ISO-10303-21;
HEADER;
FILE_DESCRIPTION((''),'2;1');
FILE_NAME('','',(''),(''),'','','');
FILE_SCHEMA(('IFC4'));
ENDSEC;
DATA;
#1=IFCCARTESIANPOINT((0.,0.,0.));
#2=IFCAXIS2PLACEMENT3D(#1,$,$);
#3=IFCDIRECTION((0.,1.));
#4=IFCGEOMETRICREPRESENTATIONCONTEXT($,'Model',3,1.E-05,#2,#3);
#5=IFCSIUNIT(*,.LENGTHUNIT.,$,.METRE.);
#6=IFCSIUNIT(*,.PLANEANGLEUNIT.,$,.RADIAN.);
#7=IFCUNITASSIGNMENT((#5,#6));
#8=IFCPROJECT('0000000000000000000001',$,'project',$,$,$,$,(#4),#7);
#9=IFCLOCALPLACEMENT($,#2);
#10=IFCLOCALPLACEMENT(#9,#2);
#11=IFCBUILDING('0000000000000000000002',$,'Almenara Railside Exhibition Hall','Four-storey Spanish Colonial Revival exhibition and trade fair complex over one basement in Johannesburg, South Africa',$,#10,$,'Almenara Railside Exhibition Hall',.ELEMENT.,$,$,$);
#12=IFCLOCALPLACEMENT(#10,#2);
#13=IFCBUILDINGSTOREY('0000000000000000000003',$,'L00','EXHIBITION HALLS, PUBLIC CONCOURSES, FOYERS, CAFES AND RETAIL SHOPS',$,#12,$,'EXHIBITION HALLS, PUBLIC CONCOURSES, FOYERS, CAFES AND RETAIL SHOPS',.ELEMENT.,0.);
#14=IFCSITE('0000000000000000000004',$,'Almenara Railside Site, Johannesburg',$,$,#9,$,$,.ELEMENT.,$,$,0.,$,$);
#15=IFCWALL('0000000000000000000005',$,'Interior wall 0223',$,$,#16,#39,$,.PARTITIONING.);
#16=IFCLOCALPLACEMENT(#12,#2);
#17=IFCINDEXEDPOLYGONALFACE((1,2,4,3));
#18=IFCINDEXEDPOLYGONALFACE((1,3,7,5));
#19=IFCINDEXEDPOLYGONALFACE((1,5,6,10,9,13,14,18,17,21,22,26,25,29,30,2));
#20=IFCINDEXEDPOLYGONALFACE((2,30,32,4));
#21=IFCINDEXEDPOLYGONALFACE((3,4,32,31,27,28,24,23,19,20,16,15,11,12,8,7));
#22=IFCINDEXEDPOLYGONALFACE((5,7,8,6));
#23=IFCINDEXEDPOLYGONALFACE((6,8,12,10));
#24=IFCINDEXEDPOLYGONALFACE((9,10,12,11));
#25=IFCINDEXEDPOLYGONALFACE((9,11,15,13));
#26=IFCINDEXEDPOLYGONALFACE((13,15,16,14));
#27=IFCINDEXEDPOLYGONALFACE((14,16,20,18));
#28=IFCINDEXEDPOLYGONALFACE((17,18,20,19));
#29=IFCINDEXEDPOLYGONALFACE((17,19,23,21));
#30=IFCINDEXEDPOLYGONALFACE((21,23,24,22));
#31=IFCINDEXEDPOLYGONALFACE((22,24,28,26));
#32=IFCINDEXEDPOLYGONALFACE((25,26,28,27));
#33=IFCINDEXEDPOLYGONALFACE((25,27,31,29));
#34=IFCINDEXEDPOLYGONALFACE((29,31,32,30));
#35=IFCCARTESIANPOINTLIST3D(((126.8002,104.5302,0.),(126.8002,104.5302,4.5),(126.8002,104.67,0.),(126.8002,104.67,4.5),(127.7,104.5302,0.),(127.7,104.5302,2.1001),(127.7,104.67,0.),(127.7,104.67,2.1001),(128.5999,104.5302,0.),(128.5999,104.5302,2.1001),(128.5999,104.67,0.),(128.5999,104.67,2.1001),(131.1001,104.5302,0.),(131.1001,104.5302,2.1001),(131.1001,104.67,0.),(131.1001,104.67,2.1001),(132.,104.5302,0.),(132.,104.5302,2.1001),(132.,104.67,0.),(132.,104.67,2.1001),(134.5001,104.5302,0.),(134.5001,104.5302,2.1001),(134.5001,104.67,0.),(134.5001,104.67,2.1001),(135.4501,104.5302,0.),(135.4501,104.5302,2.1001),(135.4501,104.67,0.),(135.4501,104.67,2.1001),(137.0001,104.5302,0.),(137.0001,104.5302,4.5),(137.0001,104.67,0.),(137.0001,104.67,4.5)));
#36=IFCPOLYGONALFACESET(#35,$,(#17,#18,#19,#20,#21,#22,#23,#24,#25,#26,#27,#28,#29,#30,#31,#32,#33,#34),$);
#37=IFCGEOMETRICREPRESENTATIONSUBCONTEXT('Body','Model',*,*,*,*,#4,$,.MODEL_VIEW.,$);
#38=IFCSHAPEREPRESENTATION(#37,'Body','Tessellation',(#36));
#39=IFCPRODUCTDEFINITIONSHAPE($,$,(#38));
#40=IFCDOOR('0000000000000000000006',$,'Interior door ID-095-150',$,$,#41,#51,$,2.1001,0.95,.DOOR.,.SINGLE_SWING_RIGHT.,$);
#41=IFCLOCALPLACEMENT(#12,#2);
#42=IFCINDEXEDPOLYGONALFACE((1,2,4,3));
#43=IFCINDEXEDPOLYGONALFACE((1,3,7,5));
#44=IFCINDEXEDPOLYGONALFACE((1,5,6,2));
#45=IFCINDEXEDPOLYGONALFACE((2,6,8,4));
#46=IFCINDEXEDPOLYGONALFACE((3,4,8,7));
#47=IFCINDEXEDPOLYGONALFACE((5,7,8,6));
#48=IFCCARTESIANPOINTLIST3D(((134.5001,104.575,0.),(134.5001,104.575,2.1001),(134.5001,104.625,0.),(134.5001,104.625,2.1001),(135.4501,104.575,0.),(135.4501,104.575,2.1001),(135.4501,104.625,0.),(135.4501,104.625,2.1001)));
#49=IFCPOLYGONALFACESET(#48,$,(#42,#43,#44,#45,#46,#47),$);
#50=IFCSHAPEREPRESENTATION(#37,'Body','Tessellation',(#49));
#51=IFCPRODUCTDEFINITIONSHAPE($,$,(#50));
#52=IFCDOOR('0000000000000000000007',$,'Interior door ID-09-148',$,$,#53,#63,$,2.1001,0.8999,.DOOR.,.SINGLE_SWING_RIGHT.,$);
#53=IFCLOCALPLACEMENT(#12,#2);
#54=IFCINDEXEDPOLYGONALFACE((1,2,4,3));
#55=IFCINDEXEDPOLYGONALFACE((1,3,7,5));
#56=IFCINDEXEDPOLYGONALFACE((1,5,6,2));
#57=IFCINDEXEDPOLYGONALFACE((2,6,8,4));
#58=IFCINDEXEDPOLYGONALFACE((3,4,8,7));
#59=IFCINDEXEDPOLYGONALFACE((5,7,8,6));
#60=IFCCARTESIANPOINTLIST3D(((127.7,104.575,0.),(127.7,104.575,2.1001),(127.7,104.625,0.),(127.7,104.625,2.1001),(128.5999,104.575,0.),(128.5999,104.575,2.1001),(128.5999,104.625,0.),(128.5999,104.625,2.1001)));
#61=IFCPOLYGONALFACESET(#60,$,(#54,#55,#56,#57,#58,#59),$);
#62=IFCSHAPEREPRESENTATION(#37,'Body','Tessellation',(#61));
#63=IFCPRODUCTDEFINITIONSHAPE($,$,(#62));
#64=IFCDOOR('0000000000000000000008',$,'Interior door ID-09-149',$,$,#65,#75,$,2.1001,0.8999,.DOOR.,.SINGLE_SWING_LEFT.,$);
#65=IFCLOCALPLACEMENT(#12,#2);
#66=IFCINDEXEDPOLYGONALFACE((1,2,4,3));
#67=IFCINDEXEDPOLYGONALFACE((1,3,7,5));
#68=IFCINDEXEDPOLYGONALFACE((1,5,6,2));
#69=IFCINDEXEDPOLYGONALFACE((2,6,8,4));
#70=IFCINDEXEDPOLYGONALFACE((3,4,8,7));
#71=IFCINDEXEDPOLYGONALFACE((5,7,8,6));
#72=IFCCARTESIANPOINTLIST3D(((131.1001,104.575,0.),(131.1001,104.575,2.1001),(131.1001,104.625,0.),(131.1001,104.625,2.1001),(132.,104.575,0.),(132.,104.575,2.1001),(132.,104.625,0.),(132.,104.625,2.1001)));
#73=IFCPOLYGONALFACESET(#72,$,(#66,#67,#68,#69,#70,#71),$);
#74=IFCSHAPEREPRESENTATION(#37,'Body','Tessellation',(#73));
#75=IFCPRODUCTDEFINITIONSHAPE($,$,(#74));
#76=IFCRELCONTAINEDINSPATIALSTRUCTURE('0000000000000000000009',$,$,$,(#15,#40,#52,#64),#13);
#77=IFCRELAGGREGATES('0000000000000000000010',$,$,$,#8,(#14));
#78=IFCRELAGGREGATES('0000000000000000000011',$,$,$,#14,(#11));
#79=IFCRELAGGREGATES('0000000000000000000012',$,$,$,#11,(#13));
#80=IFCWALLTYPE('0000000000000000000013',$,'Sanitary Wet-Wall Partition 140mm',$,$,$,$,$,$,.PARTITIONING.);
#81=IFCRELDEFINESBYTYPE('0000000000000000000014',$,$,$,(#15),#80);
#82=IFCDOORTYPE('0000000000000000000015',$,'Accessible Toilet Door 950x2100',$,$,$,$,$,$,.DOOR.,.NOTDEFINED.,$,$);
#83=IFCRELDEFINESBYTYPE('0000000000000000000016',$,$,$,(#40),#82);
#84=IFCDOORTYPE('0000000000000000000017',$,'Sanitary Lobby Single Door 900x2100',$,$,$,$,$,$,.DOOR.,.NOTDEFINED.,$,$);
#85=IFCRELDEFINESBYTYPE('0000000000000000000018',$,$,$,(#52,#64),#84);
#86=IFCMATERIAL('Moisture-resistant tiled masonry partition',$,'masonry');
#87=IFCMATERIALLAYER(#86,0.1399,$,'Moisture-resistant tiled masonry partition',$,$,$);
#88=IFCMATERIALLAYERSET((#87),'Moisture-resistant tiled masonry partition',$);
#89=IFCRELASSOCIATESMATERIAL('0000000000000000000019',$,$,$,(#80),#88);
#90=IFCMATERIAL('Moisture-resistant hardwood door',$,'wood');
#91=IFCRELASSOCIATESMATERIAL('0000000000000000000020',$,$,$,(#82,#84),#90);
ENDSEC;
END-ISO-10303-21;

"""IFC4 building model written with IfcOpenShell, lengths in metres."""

from ifc_helpers import new_model, si_unit, direction, frame, frame_2d, origin, place, context, subcontext, project, spatial, rectangle, extrude, material, layer, layer_set, type_object, element, fill, save


model = new_model("IFC4")

# Units and contexts
model_context = context("Model", 3, precision=1e-05, world=origin(), true_north=direction((0.0, 1.0)))
body_context = subcontext(model_context, "Body", "Model", "MODEL_VIEW")
ifc_project = project(units=[si_unit("LENGTHUNIT", "METRE"), si_unit("PLANEANGLEUNIT", "RADIAN")], contexts=[model_context])

# Site, building, storey
site_placement = place(None, origin())
site = spatial("IfcSite", under=ifc_project, at=site_placement, Name="Almenara Railside Site, Johannesburg", CompositionType="ELEMENT", RefElevation=0.0)
building_placement = place(site_placement, origin())
building = spatial("IfcBuilding", under=site, at=building_placement, Name="Almenara Railside Exhibition Hall", Description="Four-storey Spanish Colonial Revival exhibition and trade fair complex over one basement in Johannesburg, South Africa", LongName="Almenara Railside Exhibition Hall", CompositionType="ELEMENT")
storey_placement = place(building_placement, origin())
storey = spatial("IfcBuildingStorey", under=building, at=storey_placement, Name="L00", Description="EXHIBITION HALLS, PUBLIC CONCOURSES, FOYERS, CAFES AND RETAIL SHOPS", LongName="EXHIBITION HALLS, PUBLIC CONCOURSES, FOYERS, CAFES AND RETAIL SHOPS", CompositionType="ELEMENT", Elevation=0.0)

# Wall, openings, doors
ifc_material_1 = material(Name="Moisture-resistant tiled masonry partition", Category="masonry")
ifc_layer_1 = layer(ifc_material_1, 0.1399, Name="Moisture-resistant tiled masonry partition")
ifc_layer_set_1 = layer_set([ifc_layer_1], Name="Moisture-resistant tiled masonry partition")
wall_type_1 = type_object("IfcWallType", Name="Sanitary Wet-Wall Partition 140mm", PredefinedType="PARTITIONING", material=ifc_layer_set_1)
wall_1_placement = place(storey_placement, frame((126.8, 104.6001, 0.0), z_axis=(0.0, 0.0, 1.0), x_axis=(1.0, 0.0, 0.0)))
wall_1 = element("IfcWall", 1, at=wall_1_placement, inside=storey, type_object=wall_type_1, Name="Interior wall 0223", PredefinedType="PARTITIONING", context=body_context, shape_type="SweptSolid", body=[
    extrude(rectangle(XDim=10.2, YDim=0.1399, at=frame_2d((5.1001, 0.0))), origin(), (0.0, 0.0, 1.0), 4.5),
])
opening_1_placement = place(wall_1_placement, frame((0.8999, 0.0, 0.0)))
opening_1 = element("IfcOpeningElement", 2, at=opening_1_placement, cuts=wall_1, PredefinedType="OPENING", context=body_context, shape_type="SweptSolid", body=[
    extrude(rectangle(XDim=0.8999, YDim=2.1001, at=frame_2d((0.45, 1.05))), frame((0.0, 0.0798, 0.0), z_axis=(0.0, -1.0, 0.0), x_axis=(1.0, 0.0, 0.0)), (0.0, 0.0, 1.0), 0.1599),
])
opening_2_placement = place(wall_1_placement, frame((4.3, 0.0, 0.0)))
opening_2 = element("IfcOpeningElement", 3, at=opening_2_placement, cuts=wall_1, PredefinedType="OPENING", context=body_context, shape_type="SweptSolid", body=[
    extrude(rectangle(XDim=0.8999, YDim=2.1001, at=frame_2d((0.45, 1.05))), frame((0.0, 0.0798, 0.0), z_axis=(0.0, -1.0, 0.0), x_axis=(1.0, 0.0, 0.0)), (0.0, 0.0, 1.0), 0.1599),
])
opening_3_placement = place(wall_1_placement, frame((7.7, 0.0, 0.0)))
opening_3 = element("IfcOpeningElement", 4, at=opening_3_placement, cuts=wall_1, PredefinedType="OPENING", context=body_context, shape_type="SweptSolid", body=[
    extrude(rectangle(XDim=0.95, YDim=2.1001, at=frame_2d((0.4751, 1.05))), frame((0.0, 0.0798, 0.0), z_axis=(0.0, -1.0, 0.0), x_axis=(1.0, 0.0, 0.0)), (0.0, 0.0, 1.0), 0.1599),
])
ifc_material_2 = material(Name="Moisture-resistant hardwood door", Category="wood")
door_type_1 = type_object("IfcDoorType", Name="Accessible Toilet Door 950x2100", OperationType="NOTDEFINED", PredefinedType="DOOR", material=ifc_material_2)
door_1_placement = place(opening_3_placement, origin())
door_1 = element("IfcDoor", 5, at=door_1_placement, inside=storey, type_object=door_type_1, Name="Interior door ID-095-150", OperationType="SINGLE_SWING_RIGHT", OverallHeight=2.1001, OverallWidth=0.95, PredefinedType="DOOR", context=body_context, shape_type="SweptSolid", body=[
    extrude(rectangle(XDim=0.95, YDim=2.1001, at=frame_2d((0.4751, 1.05))), frame((0.0, 0.0249, 0.0), z_axis=(0.0, -1.0, 0.0), x_axis=(1.0, 0.0, 0.0)), (0.0, 0.0, 1.0), 0.05),
])
fill(opening_3, door_1)
door_type_2 = type_object("IfcDoorType", Name="Sanitary Lobby Single Door 900x2100", OperationType="NOTDEFINED", PredefinedType="DOOR", material=ifc_material_2)
door_2_placement = place(opening_1_placement, origin())
door_2 = element("IfcDoor", 6, at=door_2_placement, inside=storey, type_object=door_type_2, Name="Interior door ID-09-148", OperationType="SINGLE_SWING_RIGHT", OverallHeight=2.1001, OverallWidth=0.8999, PredefinedType="DOOR", context=body_context, shape_type="SweptSolid", body=[
    extrude(rectangle(XDim=0.8999, YDim=2.1001, at=frame_2d((0.45, 1.05))), frame((0.0, 0.0249, 0.0), z_axis=(0.0, -1.0, 0.0), x_axis=(1.0, 0.0, 0.0)), (0.0, 0.0, 1.0), 0.05),
])
fill(opening_1, door_2)
door_3_placement = place(opening_2_placement, origin())
door_3 = element("IfcDoor", 7, at=door_3_placement, inside=storey, type_object=door_type_2, Name="Interior door ID-09-149", OperationType="SINGLE_SWING_LEFT", OverallHeight=2.1001, OverallWidth=0.8999, PredefinedType="DOOR", context=body_context, shape_type="SweptSolid", body=[
    extrude(rectangle(XDim=0.8999, YDim=2.1001, at=frame_2d((0.45, 1.05))), frame((0.0, 0.0249, 0.0), z_axis=(0.0, -1.0, 0.0), x_axis=(1.0, 0.0, 0.0)), (0.0, 0.0, 1.0), 0.05),
])
fill(opening_2, door_3)

save(model, "model.ifc")
